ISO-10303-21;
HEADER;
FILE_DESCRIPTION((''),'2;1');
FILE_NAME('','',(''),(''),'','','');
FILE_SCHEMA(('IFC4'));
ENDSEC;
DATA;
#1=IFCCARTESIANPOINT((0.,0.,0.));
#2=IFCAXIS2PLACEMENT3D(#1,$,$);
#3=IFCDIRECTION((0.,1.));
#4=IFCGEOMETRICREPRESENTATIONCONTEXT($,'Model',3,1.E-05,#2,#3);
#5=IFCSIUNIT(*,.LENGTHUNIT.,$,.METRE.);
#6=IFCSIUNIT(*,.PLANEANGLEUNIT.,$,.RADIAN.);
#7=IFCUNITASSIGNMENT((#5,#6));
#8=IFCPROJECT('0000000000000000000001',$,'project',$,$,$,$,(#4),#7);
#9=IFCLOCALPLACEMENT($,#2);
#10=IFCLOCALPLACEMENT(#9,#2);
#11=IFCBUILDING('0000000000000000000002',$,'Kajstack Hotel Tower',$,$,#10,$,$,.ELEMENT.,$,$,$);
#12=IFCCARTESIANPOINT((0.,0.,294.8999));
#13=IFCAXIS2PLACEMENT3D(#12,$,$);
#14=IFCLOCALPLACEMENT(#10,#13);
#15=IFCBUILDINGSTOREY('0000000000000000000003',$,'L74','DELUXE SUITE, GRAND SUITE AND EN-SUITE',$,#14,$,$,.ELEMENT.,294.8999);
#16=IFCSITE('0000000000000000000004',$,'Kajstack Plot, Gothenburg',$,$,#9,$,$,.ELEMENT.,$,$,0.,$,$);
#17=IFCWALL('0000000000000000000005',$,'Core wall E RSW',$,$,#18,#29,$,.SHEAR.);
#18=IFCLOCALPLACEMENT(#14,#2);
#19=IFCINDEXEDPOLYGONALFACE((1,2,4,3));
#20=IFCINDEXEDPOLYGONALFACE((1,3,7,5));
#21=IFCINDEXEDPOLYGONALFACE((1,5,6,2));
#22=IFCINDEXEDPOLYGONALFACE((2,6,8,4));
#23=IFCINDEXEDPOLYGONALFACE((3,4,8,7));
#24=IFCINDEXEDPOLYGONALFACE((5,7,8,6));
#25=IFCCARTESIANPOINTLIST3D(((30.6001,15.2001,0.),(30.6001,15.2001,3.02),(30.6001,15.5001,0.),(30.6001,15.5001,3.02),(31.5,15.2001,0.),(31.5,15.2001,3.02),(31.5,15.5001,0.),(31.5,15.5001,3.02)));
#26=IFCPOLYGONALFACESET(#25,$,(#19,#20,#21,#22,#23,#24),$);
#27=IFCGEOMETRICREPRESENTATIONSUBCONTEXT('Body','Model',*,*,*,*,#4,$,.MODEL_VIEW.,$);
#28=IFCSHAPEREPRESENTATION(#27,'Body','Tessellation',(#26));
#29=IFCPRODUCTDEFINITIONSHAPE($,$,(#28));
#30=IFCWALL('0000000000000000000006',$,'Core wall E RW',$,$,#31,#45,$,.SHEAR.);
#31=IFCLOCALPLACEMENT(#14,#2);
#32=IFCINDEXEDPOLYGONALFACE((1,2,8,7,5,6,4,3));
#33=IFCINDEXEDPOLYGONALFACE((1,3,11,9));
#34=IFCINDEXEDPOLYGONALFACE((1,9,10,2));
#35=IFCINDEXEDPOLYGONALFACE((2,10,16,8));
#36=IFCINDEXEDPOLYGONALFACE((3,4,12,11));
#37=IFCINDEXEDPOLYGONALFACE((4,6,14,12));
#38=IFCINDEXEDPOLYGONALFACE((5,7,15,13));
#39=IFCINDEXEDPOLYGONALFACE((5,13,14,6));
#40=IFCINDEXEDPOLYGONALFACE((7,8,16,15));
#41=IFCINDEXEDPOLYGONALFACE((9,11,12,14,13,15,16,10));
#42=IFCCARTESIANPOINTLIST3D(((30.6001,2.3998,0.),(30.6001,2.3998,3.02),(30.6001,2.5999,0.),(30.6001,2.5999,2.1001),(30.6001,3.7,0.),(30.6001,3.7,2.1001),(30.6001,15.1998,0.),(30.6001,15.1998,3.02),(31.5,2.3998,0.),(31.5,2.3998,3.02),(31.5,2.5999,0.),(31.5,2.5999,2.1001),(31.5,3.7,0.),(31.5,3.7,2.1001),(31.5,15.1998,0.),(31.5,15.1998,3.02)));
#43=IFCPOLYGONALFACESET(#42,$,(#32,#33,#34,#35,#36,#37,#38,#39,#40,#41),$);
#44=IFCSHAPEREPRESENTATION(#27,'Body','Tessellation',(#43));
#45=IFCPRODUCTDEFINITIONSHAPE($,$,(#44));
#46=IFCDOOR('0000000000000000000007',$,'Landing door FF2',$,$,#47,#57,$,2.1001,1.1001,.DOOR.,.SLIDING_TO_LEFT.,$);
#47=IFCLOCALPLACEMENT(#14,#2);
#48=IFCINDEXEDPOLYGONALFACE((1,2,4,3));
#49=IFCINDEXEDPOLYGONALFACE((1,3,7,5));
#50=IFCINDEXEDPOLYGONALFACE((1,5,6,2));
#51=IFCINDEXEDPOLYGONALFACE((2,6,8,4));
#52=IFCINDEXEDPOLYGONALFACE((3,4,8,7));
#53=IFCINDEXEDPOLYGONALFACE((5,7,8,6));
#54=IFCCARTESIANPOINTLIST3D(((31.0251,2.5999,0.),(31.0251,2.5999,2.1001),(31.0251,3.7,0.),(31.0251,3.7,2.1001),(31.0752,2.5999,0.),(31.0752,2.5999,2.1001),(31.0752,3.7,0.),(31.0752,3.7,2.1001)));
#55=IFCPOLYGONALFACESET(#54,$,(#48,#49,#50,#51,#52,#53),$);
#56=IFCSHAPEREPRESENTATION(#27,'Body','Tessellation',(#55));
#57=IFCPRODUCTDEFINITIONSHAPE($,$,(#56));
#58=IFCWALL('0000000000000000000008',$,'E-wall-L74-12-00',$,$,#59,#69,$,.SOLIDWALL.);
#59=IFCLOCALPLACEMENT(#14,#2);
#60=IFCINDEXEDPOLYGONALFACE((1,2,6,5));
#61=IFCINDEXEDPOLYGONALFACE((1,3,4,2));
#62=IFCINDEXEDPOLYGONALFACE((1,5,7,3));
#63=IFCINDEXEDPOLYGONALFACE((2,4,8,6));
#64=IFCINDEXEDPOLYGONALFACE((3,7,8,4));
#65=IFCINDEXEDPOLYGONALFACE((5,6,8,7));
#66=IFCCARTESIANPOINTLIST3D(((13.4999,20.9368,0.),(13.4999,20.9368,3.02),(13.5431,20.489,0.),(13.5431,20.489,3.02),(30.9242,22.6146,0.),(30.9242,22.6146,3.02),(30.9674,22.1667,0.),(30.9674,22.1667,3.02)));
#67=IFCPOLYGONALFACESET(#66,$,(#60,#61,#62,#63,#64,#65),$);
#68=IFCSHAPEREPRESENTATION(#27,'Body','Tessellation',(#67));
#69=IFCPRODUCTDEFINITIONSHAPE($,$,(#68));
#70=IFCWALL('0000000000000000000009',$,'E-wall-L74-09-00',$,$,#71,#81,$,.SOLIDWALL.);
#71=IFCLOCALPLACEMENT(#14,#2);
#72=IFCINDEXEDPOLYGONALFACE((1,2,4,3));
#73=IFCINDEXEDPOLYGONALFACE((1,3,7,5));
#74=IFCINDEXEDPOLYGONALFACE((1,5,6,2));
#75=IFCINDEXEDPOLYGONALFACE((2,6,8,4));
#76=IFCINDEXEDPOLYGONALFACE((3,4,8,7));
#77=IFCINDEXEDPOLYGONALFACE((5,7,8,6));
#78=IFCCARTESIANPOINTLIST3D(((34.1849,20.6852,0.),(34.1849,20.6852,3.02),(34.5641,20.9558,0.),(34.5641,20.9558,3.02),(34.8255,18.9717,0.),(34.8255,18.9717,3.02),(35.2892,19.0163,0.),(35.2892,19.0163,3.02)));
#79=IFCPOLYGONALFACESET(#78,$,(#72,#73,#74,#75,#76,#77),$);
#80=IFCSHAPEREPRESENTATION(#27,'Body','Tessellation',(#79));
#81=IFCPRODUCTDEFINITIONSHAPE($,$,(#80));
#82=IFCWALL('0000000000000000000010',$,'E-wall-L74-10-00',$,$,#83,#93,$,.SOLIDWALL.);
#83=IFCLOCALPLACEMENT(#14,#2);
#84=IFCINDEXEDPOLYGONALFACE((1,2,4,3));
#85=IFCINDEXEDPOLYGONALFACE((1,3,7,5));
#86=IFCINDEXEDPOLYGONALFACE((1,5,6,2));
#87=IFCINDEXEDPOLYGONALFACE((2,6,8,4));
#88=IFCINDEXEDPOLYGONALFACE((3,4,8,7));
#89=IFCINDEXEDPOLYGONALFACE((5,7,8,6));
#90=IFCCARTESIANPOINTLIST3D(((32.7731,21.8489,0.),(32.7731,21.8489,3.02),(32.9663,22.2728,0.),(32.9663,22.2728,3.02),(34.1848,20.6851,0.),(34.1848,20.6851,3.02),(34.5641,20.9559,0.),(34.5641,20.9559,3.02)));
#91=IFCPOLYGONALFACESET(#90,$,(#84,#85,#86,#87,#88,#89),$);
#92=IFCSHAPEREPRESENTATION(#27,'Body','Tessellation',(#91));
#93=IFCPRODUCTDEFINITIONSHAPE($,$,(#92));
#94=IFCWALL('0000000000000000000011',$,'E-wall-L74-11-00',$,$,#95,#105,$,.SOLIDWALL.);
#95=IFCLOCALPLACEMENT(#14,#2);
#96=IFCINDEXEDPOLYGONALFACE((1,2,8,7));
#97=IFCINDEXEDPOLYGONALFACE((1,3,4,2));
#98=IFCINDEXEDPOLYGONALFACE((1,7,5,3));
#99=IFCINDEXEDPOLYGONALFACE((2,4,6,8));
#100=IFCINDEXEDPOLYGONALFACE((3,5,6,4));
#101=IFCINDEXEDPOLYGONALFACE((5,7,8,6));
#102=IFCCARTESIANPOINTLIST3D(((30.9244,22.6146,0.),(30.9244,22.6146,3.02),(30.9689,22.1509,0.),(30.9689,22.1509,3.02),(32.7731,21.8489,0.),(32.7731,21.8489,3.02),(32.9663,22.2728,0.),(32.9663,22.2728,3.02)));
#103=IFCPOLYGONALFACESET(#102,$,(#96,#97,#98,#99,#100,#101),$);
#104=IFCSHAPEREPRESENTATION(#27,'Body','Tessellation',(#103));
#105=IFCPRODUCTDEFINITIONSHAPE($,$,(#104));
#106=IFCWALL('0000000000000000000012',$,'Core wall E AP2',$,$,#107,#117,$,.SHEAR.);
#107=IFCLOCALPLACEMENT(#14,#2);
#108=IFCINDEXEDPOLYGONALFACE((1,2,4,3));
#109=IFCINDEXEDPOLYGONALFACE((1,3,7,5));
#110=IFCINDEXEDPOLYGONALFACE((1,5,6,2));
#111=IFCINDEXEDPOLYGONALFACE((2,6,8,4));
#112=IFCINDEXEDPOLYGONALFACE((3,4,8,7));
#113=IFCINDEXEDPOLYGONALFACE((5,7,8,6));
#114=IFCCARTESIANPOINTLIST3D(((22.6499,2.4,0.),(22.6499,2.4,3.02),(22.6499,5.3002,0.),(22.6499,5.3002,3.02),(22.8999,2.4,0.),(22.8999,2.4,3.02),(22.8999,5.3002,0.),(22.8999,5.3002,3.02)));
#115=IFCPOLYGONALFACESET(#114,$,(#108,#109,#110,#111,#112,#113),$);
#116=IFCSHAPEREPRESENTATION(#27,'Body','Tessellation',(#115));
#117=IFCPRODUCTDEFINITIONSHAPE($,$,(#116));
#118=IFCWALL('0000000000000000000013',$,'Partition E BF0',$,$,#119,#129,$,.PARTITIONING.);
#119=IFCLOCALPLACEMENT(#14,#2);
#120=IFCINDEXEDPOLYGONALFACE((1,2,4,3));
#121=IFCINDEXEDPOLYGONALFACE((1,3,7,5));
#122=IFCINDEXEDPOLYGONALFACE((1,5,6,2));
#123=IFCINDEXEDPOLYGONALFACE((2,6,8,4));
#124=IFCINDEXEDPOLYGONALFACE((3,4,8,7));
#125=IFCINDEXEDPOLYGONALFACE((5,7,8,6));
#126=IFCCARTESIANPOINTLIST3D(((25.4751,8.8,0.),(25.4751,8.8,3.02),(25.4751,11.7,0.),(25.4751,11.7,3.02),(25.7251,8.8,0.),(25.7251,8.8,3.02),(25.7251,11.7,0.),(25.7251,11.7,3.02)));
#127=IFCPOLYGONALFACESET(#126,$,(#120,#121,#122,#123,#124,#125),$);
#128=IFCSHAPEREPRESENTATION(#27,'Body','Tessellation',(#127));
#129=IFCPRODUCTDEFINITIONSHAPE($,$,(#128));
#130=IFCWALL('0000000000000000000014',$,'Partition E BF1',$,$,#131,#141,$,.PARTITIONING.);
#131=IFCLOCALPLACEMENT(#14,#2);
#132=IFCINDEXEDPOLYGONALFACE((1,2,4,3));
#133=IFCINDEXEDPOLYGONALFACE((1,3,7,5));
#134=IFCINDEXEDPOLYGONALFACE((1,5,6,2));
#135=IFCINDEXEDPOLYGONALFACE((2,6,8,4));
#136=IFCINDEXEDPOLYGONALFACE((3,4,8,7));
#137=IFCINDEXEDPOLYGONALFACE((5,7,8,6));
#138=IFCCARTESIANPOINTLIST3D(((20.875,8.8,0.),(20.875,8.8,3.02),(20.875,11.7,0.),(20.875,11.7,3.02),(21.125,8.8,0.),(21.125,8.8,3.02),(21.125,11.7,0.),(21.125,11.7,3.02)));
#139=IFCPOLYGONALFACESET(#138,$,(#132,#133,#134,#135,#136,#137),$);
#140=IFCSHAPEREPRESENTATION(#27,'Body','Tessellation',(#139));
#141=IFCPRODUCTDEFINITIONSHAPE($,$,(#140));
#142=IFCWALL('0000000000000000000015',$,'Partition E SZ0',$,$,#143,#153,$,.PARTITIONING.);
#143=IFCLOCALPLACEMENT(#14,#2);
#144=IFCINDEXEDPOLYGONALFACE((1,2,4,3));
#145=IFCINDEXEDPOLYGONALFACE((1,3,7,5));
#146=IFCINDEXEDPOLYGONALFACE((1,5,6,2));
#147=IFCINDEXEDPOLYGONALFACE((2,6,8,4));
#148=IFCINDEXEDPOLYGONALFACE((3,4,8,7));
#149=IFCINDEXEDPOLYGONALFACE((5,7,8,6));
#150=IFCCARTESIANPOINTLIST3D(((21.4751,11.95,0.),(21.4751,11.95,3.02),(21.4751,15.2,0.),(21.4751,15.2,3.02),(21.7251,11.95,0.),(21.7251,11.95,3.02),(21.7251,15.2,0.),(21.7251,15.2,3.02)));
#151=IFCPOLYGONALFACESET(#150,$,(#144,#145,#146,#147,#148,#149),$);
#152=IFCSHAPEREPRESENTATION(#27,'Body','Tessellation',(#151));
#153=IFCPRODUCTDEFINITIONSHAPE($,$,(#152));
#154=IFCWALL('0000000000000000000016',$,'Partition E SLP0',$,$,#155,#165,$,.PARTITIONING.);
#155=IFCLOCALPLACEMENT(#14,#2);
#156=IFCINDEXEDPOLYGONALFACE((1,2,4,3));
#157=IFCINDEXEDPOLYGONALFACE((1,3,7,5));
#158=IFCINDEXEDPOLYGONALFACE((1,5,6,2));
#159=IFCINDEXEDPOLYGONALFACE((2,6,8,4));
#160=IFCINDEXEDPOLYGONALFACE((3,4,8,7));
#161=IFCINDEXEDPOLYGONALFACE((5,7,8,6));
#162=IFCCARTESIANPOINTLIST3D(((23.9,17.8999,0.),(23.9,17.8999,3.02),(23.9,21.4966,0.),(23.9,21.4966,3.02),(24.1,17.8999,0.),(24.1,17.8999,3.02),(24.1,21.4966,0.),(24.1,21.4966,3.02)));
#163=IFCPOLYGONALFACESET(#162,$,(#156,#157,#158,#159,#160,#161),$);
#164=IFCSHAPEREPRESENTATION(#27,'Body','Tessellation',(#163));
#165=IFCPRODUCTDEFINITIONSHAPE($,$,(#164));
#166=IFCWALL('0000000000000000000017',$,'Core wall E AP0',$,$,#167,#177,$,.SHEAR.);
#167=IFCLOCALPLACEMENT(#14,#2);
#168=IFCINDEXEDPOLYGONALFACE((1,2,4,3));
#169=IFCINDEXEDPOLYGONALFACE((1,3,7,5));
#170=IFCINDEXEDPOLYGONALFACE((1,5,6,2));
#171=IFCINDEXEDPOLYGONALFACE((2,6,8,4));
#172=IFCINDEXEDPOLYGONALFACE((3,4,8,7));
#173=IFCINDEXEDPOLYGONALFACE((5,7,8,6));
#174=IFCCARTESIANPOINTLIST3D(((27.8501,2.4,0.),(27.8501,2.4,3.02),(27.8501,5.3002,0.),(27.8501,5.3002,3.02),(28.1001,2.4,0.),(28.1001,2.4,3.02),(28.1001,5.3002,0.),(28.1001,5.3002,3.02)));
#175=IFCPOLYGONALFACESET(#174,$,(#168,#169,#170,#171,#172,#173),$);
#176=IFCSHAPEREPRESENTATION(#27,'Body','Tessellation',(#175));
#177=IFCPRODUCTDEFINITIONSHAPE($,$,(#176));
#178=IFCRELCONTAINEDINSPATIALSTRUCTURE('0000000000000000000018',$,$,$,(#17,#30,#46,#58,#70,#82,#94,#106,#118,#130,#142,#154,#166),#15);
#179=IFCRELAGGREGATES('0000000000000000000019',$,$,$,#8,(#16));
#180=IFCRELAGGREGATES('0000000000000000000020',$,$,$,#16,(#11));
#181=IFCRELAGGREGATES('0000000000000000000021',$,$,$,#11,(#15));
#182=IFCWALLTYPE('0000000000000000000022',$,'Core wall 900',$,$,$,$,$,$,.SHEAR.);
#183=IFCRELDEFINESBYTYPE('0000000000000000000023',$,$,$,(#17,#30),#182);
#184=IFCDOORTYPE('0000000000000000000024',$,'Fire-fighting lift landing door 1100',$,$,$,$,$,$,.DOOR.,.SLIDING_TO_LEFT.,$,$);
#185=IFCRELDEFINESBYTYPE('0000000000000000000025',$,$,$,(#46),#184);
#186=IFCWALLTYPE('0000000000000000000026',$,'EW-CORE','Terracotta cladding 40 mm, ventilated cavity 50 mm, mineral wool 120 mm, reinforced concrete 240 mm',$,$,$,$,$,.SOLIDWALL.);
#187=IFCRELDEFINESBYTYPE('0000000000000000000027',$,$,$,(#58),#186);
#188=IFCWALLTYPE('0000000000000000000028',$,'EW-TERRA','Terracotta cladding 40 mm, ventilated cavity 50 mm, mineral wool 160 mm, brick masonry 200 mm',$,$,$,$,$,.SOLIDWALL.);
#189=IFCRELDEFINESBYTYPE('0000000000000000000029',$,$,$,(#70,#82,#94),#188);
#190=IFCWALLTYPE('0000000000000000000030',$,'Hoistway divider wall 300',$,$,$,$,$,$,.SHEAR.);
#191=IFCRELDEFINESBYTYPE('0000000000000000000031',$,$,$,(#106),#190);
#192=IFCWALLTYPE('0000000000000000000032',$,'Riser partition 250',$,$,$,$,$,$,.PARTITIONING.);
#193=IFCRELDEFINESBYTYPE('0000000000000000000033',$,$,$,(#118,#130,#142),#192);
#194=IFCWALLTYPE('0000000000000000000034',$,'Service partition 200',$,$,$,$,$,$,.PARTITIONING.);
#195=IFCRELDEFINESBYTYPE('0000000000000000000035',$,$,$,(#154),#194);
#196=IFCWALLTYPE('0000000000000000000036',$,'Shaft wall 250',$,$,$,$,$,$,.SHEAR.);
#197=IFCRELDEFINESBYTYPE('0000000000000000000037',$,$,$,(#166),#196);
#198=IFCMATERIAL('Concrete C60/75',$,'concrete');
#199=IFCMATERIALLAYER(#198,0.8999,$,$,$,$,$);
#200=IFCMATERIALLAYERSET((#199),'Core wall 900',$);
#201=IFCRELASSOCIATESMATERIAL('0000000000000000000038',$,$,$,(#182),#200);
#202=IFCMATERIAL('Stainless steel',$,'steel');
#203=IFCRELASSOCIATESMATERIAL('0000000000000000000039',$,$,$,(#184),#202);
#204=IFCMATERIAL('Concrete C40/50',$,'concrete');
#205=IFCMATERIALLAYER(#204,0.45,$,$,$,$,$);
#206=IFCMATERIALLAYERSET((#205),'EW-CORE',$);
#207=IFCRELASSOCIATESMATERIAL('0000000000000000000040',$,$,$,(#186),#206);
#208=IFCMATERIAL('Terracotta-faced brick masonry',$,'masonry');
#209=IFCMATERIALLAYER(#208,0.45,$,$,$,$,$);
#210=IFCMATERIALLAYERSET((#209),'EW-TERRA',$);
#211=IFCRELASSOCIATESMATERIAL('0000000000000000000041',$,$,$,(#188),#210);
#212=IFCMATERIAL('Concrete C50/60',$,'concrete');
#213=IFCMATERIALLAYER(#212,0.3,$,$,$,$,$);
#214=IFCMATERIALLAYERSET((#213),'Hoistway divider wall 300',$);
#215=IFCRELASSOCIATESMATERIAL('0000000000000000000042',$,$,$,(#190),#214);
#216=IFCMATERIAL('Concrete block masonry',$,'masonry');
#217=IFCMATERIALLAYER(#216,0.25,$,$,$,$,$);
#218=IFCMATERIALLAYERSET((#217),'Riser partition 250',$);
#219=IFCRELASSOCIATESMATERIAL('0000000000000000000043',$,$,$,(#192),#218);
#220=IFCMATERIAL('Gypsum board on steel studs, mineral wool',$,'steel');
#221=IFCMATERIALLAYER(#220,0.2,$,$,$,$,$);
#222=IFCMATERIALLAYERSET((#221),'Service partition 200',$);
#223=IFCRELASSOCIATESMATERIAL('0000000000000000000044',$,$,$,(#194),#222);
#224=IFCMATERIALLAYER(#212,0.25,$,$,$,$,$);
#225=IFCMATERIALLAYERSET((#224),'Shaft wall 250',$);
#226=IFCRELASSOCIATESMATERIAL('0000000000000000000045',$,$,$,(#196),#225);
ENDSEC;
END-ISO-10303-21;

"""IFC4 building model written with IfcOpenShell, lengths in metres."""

from ifc_helpers import new_model, si_unit, direction, frame, frame_2d, origin, place, context, subcontext, project, spatial, polyline, rectangle, outline, extrude, material, layer, layer_set, type_object, element, fill, save


model = new_model("IFC4")

# Units and contexts
model_context = context("Model", 3, precision=1e-05, world=origin(), true_north=direction((0.0, 1.0)))
body_context = subcontext(model_context, "Body", "Model", "MODEL_VIEW")
ifc_project = project(units=[si_unit("LENGTHUNIT", "METRE"), si_unit("PLANEANGLEUNIT", "RADIAN")], contexts=[model_context])

# Site, building, storey
site_placement = place(None, origin())
site = spatial("IfcSite", under=ifc_project, at=site_placement, Name="Kajstack Plot, Gothenburg", CompositionType="ELEMENT", RefElevation=0.0)
building_placement = place(site_placement, origin())
building = spatial("IfcBuilding", under=site, at=building_placement, Name="Kajstack Hotel Tower", CompositionType="ELEMENT")
storey_placement = place(building_placement, frame((0.0, 0.0, 294.8999)))
storey = spatial("IfcBuildingStorey", under=building, at=storey_placement, Name="L74", Description="DELUXE SUITE, GRAND SUITE AND EN-SUITE", CompositionType="ELEMENT", Elevation=294.8999)

# Wall
ifc_material_1 = material(Name="Concrete C60/75", Category="concrete")
ifc_layer_1 = layer(ifc_material_1, 0.8999)
ifc_layer_set_1 = layer_set([ifc_layer_1], Name="Core wall 900")
wall_type_1 = type_object("IfcWallType", Name="Core wall 900", PredefinedType="SHEAR", material=ifc_layer_set_1)
wall_1_placement = place(storey_placement, frame((30.6001, 15.3501, 0.0), z_axis=(0.0, 0.0, 1.0), x_axis=(1.0, 0.0, 0.0)))
element("IfcWall", 1, at=wall_1_placement, inside=storey, type_object=wall_type_1, Name="Core wall E RSW", PredefinedType="SHEAR", context=body_context, shape_type="SweptSolid", body=[
    extrude(rectangle(XDim=0.8999, YDim=0.3, at=frame_2d((0.45, 0.0))), origin(), (0.0, 0.0, 1.0), 3.02),
])

# Wall, opening, door
wall_2_placement = place(storey_placement, frame((31.05, 2.3999, 0.0), z_axis=(0.0, 0.0, 1.0), x_axis=(0.0, 1.0, 0.0)))
wall_2 = element("IfcWall", 2, at=wall_2_placement, inside=storey, type_object=wall_type_1, Name="Core wall E RW", PredefinedType="SHEAR", context=body_context, shape_type="SweptSolid", body=[
    extrude(rectangle(XDim=12.8, YDim=0.8999, at=frame_2d((6.3999, 0.0))), origin(), (0.0, 0.0, 1.0), 3.02),
])
opening_1_placement = place(wall_2_placement, frame((0.2, 0.0, 0.0)))
opening_1 = element("IfcOpeningElement", 3, at=opening_1_placement, cuts=wall_2, PredefinedType="OPENING", context=body_context, shape_type="SweptSolid", body=[
    extrude(rectangle(XDim=1.1001, YDim=2.1001, at=frame_2d((0.55, 1.05))), frame((0.0, 0.46, 0.0), z_axis=(0.0, -1.0, 0.0), x_axis=(1.0, 0.0, 0.0)), (0.0, 0.0, 1.0), 0.9199),
])
ifc_material_2 = material(Name="Stainless steel", Category="steel")
door_type_1 = type_object("IfcDoorType", Name="Fire-fighting lift landing door 1100", OperationType="SLIDING_TO_LEFT", PredefinedType="DOOR", material=ifc_material_2)
door_1_placement = place(opening_1_placement, origin())
door_1 = element("IfcDoor", 4, at=door_1_placement, inside=storey, type_object=door_type_1, Name="Landing door FF2", OperationType="SLIDING_TO_LEFT", OverallHeight=2.1001, OverallWidth=1.1001, PredefinedType="DOOR", context=body_context, shape_type="SweptSolid", body=[
    extrude(rectangle(XDim=1.1001, YDim=2.1001, at=frame_2d((0.55, 1.05))), frame((0.0, 0.0249, 0.0), z_axis=(0.0, -1.0, 0.0), x_axis=(1.0, 0.0, 0.0)), (0.0, 0.0, 1.0), 0.05),
])
fill(opening_1, door_1)

# Walls
ifc_material_3 = material(Name="Concrete C40/50", Category="concrete")
ifc_layer_2 = layer(ifc_material_3, 0.45)
ifc_layer_set_2 = layer_set([ifc_layer_2], Name="EW-CORE")
wall_type_2 = type_object("IfcWallType", Name="EW-CORE", Description="Terracotta cladding 40 mm, ventilated cavity 50 mm, mineral wool 120 mm, reinforced concrete 240 mm", PredefinedType="SOLIDWALL", material=ifc_layer_set_2)
wall_3_placement = place(storey_placement, frame((30.9458, 22.3906, 0.0), z_axis=(0.0, 0.0, 1.0), x_axis=(-0.995396, -0.095844, 0.0)))
element("IfcWall", 5, at=wall_3_placement, inside=storey, type_object=wall_type_2, Name="E-wall-L74-12-00", PredefinedType="SOLIDWALL", context=body_context, shape_type="SweptSolid", body=[
    extrude(rectangle(XDim=17.5049, YDim=0.45, at=frame_2d((8.7524, 0.0))), origin(), (0.0, 0.0, 1.0), 3.02),
])
ifc_material_4 = material(Name="Terracotta-faced brick masonry", Category="masonry")
ifc_layer_3 = layer(ifc_material_4, 0.45)
ifc_layer_set_3 = layer_set([ifc_layer_3], Name="EW-TERRA")
wall_type_3 = type_object("IfcWallType", Name="EW-TERRA", Description="Terracotta cladding 40 mm, ventilated cavity 50 mm, mineral wool 160 mm, brick masonry 200 mm", PredefinedType="SOLIDWALL", material=ifc_layer_set_3)
wall_4_placement = place(storey_placement, frame((35.0784, 18.9375, 0.0), z_axis=(0.0, 0.0, 1.0), x_axis=(-0.350193, 0.936678, 0.0)))
element("IfcWall", 6, at=wall_4_placement, inside=storey, type_object=wall_type_3, Name="E-wall-L74-09-00", PredefinedType="SOLIDWALL", context=body_context, shape_type="SweptSolid", body=[
    extrude(outline(polyline([(0.0, -0.2251), (2.0706, -0.2251), (1.95, 0.2249), (0.1206, 0.2249), (0.0, -0.2251)])), origin(), (0.0, 0.0, 1.0), 3.02),
])
wall_5_placement = place(storey_placement, frame((34.4209, 20.7822, 0.0), z_axis=(0.0, 0.0, 1.0), x_axis=(-0.771593, 0.636116, 0.0)))
element("IfcWall", 7, at=wall_5_placement, inside=storey, type_object=wall_type_3, Name="E-wall-L74-10-00", PredefinedType="SOLIDWALL", context=body_context, shape_type="SweptSolid", body=[
    extrude(outline(polyline([(0.0, -0.2251), (2.0706, -0.2249), (1.95, 0.2251), (0.1204, 0.2251), (0.0, -0.2251)])), origin(), (0.0, 0.0, 1.0), 3.02),
])
wall_6_placement = place(storey_placement, frame((32.9292, 22.051, 0.0), z_axis=(0.0, 0.0, 1.0), x_axis=(-0.986298, 0.164973, 0.0)))
element("IfcWall", 8, at=wall_6_placement, inside=storey, type_object=wall_type_3, Name="E-wall-L74-11-00", PredefinedType="SOLIDWALL", context=body_context, shape_type="SweptSolid", body=[
    extrude(outline(polyline([(0.0, -0.2249), (2.0703, -0.2251), (1.95, 0.2249), (0.1206, 0.2251), (0.0, -0.2249)])), origin(), (0.0, 0.0, 1.0), 3.02),
])
ifc_material_5 = material(Name="Concrete C50/60", Category="concrete")
ifc_layer_4 = layer(ifc_material_5, 0.3)
ifc_layer_set_4 = layer_set([ifc_layer_4], Name="Hoistway divider wall 300")
wall_type_4 = type_object("IfcWallType", Name="Hoistway divider wall 300", PredefinedType="SHEAR", material=ifc_layer_set_4)
wall_7_placement = place(storey_placement, frame((22.7749, 2.3999, 0.0), z_axis=(0.0, 0.0, 1.0), x_axis=(0.0, 1.0, 0.0)))
element("IfcWall", 9, at=wall_7_placement, inside=storey, type_object=wall_type_4, Name="Core wall E AP2", PredefinedType="SHEAR", context=body_context, shape_type="SweptSolid", body=[
    extrude(rectangle(XDim=2.9001, YDim=0.25, at=frame_2d((1.4502, 0.0))), origin(), (0.0, 0.0, 1.0), 3.02),
])
ifc_material_6 = material(Name="Concrete block masonry", Category="masonry")
ifc_layer_5 = layer(ifc_material_6, 0.25)
ifc_layer_set_5 = layer_set([ifc_layer_5], Name="Riser partition 250")
wall_type_5 = type_object("IfcWallType", Name="Riser partition 250", PredefinedType="PARTITIONING", material=ifc_layer_set_5)
for number, where, z_axis, x_axis, name in (
    (10, (25.6001, 8.8, 0.0), (0.0, 0.0, 1.0), (0.0, 1.0, 0.0), "Partition E BF0"),
    (11, (21.0, 8.8, 0.0), (0.0, 0.0, 1.0), (0.0, 1.0, 0.0), "Partition E BF1"),
):
    element("IfcWall", number, at=place(storey_placement, frame(where, z_axis=z_axis, x_axis=x_axis)), inside=storey, type_object=wall_type_5, Name=name, PredefinedType="PARTITIONING", context=body_context, shape_type="SweptSolid", body=[
        extrude(rectangle(XDim=2.8999, YDim=0.25, at=frame_2d((1.45, 0.0))), origin(), (0.0, 0.0, 1.0), 3.02),
    ])
wall_8_placement = place(storey_placement, frame((21.6001, 11.95, 0.0), z_axis=(0.0, 0.0, 1.0), x_axis=(0.0, 1.0, 0.0)))
element("IfcWall", 12, at=wall_8_placement, inside=storey, type_object=wall_type_5, Name="Partition E SZ0", PredefinedType="PARTITIONING", context=body_context, shape_type="SweptSolid", body=[
    extrude(rectangle(XDim=3.25, YDim=0.25, at=frame_2d((1.625, 0.0))), origin(), (0.0, 0.0, 1.0), 3.02),
])
ifc_material_7 = material(Name="Gypsum board on steel studs, mineral wool", Category="steel")
ifc_layer_6 = layer(ifc_material_7, 0.2)
ifc_layer_set_6 = layer_set([ifc_layer_6], Name="Service partition 200")
wall_type_6 = type_object("IfcWallType", Name="Service partition 200", PredefinedType="PARTITIONING", material=ifc_layer_set_6)
wall_9_placement = place(storey_placement, frame((24.0, 17.8999, 0.0), z_axis=(0.0, 0.0, 1.0), x_axis=(0.0, 1.0, 0.0)))
element("IfcWall", 13, at=wall_9_placement, inside=storey, type_object=wall_type_6, Name="Partition E SLP0", PredefinedType="PARTITIONING", context=body_context, shape_type="SweptSolid", body=[
    extrude(rectangle(XDim=3.5967, YDim=0.2, at=frame_2d((1.7983, 0.0))), origin(), (0.0, 0.0, 1.0), 3.02),
])
ifc_layer_7 = layer(ifc_material_5, 0.25)
ifc_layer_set_7 = layer_set([ifc_layer_7], Name="Shaft wall 250")
wall_type_7 = type_object("IfcWallType", Name="Shaft wall 250", PredefinedType="SHEAR", material=ifc_layer_set_7)
wall_10_placement = place(storey_placement, frame((27.9751, 2.3999, 0.0), z_axis=(0.0, 0.0, 1.0), x_axis=(0.0, 1.0, 0.0)))
element("IfcWall", 14, at=wall_10_placement, inside=storey, type_object=wall_type_7, Name="Core wall E AP0", PredefinedType="SHEAR", context=body_context, shape_type="SweptSolid", body=[
    extrude(rectangle(XDim=2.9001, YDim=0.25, at=frame_2d((1.4502, 0.0))), origin(), (0.0, 0.0, 1.0), 3.02),
])

save(model, "model.ifc")
